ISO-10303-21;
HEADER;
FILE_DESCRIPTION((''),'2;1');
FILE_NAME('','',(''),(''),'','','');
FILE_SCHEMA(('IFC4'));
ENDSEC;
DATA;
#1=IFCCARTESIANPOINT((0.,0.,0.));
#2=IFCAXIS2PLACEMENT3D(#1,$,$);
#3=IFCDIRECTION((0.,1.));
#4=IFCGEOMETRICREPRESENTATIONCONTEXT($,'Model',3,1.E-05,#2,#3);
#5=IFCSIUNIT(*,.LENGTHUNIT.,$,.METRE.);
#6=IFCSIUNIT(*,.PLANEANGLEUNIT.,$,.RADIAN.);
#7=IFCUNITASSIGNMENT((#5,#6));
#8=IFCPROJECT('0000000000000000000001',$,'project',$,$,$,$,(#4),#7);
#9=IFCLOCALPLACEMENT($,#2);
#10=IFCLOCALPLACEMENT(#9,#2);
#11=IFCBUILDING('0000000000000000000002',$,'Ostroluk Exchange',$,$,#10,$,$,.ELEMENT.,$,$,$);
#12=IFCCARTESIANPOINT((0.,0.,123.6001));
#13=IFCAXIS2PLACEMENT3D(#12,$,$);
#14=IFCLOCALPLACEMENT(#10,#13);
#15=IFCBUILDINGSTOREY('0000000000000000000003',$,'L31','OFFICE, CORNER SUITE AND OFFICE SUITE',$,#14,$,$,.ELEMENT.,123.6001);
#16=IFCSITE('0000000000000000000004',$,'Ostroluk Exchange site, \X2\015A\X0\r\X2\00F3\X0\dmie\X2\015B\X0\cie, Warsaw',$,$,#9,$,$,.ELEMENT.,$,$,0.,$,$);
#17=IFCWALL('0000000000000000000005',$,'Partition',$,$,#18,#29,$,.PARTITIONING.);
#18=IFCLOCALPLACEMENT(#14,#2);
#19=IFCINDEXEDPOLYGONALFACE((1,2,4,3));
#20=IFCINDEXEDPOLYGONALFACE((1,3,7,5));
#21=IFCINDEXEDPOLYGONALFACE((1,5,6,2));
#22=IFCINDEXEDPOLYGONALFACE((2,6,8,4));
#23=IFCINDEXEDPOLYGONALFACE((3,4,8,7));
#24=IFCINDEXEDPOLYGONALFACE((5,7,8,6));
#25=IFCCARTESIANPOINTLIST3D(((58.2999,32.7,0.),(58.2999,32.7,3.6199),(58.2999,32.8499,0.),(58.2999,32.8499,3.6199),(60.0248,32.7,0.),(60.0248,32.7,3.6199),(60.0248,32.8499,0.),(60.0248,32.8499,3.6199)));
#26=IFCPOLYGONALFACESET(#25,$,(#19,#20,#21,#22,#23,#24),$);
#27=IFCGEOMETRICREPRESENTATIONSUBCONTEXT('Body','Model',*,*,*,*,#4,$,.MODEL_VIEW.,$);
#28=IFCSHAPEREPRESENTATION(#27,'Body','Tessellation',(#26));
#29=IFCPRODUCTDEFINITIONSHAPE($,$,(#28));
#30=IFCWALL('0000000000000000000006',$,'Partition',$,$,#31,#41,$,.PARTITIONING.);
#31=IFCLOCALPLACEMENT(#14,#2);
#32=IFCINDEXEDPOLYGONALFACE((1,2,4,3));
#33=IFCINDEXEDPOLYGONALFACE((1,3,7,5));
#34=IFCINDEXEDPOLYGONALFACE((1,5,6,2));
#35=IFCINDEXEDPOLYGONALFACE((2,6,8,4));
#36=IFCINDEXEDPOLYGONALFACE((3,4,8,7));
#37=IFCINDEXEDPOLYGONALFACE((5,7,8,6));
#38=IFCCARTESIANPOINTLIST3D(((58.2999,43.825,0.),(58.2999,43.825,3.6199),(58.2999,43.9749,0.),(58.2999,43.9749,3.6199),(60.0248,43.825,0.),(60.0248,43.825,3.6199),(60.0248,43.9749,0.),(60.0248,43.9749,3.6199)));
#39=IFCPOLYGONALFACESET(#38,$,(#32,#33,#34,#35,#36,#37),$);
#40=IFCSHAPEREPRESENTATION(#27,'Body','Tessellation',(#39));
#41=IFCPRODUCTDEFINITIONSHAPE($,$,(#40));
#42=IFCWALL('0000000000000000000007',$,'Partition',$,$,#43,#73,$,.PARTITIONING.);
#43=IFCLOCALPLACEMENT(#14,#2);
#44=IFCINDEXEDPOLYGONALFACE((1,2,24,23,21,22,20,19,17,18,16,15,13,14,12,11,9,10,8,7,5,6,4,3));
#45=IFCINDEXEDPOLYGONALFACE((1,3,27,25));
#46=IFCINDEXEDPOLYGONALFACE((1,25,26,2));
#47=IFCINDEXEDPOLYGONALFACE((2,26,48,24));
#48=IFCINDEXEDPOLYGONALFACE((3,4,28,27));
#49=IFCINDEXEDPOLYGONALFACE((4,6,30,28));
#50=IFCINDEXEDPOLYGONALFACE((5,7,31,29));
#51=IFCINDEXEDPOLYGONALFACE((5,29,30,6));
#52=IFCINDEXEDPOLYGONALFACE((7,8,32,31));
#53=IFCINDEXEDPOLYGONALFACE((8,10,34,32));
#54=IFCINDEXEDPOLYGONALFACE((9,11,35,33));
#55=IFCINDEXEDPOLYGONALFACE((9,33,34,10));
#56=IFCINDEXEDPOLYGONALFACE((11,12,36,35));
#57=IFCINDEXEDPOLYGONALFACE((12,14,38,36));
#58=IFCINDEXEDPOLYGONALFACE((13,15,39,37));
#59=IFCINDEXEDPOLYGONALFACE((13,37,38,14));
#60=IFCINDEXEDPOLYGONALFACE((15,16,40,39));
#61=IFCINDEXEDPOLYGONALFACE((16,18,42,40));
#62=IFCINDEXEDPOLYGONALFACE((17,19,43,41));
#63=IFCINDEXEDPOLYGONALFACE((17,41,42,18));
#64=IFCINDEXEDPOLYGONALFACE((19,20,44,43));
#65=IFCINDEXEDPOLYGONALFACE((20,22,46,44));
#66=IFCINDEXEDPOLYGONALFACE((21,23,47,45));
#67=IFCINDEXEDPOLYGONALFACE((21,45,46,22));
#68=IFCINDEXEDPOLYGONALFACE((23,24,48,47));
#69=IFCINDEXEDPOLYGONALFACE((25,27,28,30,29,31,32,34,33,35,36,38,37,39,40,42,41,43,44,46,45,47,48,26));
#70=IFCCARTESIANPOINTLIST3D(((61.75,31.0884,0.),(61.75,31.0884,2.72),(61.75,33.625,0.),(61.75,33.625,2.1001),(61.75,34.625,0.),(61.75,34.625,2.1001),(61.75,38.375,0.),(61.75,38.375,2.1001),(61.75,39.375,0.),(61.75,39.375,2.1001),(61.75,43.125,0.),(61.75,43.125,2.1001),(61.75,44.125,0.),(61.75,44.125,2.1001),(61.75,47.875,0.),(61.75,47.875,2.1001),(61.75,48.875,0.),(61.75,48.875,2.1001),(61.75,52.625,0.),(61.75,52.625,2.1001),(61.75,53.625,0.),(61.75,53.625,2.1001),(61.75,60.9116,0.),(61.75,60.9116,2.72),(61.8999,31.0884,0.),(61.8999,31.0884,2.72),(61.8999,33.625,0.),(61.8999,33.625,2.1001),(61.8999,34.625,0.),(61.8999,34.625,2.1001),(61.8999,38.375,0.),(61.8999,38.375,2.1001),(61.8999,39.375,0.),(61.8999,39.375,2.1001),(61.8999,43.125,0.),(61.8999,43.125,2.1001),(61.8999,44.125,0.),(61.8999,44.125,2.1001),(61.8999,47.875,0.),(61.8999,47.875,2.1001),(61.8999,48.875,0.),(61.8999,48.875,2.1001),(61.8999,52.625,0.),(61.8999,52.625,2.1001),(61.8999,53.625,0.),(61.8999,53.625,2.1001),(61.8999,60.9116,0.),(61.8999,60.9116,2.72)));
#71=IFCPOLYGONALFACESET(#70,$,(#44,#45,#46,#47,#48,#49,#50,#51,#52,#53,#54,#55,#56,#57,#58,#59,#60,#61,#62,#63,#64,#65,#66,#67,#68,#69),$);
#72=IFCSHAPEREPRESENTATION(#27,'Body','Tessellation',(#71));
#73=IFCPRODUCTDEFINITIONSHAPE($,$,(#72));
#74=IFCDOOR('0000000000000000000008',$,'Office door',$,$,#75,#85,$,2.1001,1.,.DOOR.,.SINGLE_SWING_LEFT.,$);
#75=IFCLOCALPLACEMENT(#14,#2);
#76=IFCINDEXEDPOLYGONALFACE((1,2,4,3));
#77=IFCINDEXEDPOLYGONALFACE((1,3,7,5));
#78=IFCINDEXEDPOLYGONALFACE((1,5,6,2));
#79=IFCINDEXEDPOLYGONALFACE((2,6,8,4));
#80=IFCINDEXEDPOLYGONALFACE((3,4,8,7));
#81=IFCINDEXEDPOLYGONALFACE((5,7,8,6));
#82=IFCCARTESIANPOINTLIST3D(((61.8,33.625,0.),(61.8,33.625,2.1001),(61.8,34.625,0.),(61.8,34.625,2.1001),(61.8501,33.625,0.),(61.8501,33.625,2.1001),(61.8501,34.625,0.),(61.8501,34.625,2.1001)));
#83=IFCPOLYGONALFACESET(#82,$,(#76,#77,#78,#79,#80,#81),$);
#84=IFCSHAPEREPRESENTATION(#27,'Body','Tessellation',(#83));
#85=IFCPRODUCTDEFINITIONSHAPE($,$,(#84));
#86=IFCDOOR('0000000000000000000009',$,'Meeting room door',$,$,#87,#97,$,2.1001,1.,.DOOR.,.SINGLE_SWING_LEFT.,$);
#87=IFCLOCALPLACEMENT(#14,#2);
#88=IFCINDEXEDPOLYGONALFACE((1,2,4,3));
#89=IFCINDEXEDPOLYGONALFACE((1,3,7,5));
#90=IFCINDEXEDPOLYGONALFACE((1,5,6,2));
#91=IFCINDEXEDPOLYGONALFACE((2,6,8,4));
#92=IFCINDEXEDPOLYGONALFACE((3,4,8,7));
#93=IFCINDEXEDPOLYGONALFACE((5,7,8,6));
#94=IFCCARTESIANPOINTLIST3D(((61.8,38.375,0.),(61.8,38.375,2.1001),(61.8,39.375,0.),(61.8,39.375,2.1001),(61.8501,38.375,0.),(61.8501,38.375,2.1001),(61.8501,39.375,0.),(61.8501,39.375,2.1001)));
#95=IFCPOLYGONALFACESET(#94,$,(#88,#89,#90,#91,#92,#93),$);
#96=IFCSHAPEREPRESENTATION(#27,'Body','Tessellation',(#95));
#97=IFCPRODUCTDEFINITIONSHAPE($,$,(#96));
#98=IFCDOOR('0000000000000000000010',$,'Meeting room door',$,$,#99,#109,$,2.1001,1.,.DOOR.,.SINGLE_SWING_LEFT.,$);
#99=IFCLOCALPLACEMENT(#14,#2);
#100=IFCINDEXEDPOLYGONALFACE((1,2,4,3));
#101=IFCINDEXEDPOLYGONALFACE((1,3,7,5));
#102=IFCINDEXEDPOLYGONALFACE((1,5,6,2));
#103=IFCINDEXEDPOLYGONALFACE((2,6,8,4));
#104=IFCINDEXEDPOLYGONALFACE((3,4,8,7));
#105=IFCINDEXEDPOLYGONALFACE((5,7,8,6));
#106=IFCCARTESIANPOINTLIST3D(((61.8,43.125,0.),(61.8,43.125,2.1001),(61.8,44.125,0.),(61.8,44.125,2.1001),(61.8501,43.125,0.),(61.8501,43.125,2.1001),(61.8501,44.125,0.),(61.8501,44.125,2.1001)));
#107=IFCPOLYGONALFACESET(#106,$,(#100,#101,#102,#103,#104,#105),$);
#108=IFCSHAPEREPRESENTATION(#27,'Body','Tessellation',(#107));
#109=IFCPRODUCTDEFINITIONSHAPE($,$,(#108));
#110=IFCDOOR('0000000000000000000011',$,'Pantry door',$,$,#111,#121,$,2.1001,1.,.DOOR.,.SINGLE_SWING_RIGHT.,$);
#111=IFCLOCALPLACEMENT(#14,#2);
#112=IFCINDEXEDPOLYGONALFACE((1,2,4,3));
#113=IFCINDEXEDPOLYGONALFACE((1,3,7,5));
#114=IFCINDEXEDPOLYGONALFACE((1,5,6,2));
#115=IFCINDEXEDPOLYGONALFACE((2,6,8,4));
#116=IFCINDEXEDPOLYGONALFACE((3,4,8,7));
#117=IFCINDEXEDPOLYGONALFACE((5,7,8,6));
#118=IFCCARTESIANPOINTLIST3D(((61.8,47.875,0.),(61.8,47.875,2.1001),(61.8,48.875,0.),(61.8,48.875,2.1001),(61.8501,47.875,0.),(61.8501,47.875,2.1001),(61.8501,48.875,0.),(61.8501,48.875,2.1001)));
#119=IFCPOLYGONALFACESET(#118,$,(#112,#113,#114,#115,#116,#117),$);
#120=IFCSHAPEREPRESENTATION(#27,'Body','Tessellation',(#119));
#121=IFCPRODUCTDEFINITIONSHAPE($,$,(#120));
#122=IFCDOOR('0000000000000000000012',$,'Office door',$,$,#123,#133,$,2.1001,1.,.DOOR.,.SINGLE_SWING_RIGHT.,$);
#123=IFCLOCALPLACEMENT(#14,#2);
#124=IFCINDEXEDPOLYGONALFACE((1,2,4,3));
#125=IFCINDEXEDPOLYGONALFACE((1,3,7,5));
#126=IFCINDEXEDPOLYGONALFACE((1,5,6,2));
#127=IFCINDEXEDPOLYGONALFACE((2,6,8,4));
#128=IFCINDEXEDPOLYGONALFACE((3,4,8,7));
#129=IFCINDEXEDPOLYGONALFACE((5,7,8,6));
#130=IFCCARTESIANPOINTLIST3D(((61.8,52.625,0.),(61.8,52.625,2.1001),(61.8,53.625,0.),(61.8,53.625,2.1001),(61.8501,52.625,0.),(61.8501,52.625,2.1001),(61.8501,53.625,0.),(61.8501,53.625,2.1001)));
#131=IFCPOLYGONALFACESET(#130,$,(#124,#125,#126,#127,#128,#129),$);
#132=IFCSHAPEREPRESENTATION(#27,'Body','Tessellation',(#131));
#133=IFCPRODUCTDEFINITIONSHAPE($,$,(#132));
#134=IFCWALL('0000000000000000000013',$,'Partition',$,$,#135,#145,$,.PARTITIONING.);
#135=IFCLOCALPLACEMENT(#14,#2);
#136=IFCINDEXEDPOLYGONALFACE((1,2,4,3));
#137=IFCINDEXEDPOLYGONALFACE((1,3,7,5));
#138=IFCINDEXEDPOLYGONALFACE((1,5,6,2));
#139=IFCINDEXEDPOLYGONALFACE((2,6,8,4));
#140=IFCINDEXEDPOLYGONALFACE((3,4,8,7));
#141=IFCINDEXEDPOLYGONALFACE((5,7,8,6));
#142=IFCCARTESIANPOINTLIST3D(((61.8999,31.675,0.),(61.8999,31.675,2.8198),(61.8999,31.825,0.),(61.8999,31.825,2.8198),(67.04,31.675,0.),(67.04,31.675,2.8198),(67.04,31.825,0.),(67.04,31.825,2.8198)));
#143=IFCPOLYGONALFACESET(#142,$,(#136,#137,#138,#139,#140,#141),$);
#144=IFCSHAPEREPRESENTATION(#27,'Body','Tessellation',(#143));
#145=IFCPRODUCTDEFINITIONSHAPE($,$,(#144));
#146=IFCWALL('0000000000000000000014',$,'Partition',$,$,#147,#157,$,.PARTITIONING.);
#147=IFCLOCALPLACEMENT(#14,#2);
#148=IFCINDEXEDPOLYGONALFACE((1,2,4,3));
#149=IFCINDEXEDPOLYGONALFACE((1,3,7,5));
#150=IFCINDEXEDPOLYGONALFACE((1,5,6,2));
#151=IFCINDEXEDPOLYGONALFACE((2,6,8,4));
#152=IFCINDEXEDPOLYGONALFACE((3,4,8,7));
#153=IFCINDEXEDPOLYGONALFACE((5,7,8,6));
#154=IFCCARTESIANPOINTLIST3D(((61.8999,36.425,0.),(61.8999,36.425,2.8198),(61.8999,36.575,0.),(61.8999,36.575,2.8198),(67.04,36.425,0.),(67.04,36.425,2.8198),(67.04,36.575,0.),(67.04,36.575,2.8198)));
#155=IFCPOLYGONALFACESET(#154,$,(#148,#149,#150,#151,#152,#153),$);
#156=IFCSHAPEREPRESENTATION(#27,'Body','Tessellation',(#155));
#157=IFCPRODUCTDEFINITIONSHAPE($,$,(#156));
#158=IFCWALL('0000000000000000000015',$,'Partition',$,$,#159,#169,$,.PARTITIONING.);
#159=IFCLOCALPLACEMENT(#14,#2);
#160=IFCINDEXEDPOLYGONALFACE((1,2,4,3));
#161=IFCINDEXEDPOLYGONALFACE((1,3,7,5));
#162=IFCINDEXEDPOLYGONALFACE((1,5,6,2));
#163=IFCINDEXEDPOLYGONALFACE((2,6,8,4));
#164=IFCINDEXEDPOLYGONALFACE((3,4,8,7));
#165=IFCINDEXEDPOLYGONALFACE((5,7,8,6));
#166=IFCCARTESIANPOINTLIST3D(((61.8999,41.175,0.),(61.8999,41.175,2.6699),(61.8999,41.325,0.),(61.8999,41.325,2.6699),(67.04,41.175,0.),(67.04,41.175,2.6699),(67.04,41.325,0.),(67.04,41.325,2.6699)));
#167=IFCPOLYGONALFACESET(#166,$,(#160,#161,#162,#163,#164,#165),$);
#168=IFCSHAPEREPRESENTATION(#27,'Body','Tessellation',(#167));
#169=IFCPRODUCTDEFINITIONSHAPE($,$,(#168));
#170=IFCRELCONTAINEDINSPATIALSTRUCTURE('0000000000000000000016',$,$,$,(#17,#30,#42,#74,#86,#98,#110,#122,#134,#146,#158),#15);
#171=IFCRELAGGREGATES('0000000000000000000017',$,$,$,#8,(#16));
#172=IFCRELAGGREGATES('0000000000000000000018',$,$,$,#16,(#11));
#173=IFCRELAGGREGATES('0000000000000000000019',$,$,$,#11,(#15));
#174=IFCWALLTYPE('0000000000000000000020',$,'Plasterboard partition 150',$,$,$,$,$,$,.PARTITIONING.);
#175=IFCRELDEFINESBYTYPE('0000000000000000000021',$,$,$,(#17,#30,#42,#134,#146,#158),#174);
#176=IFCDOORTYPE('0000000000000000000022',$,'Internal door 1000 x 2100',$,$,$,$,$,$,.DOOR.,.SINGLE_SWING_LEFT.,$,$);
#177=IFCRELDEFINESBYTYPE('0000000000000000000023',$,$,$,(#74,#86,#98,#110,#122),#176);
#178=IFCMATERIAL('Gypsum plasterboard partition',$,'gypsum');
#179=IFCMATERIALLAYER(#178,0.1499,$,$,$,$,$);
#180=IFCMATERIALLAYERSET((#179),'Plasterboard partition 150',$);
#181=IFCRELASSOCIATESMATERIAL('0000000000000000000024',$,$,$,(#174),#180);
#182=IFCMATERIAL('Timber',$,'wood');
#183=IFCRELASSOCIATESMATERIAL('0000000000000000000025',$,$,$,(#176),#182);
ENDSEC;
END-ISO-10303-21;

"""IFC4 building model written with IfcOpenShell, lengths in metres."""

from ifc_helpers import new_model, si_unit, direction, frame, frame_2d, origin, place, context, subcontext, project, spatial, rectangle, extrude, material, layer, layer_set, type_object, element, fill, save


model = new_model("IFC4")

# Units and contexts
model_context = context("Model", 3, precision=1e-05, world=origin(), true_north=direction((0.0, 1.0)))
body_context = subcontext(model_context, "Body", "Model", "MODEL_VIEW")
ifc_project = project(units=[si_unit("LENGTHUNIT", "METRE"), si_unit("PLANEANGLEUNIT", "RADIAN")], contexts=[model_context])

# Site, building, storey
site_placement = place(None, origin())
site = spatial("IfcSite", under=ifc_project, at=site_placement, Name="Ostroluk Exchange site, Śródmieście, Warsaw", CompositionType="ELEMENT", RefElevation=0.0)
building_placement = place(site_placement, origin())
building = spatial("IfcBuilding", under=site, at=building_placement, Name="Ostroluk Exchange", CompositionType="ELEMENT")
storey_placement = place(building_placement, frame((0.0, 0.0, 123.6001)))
storey = spatial("IfcBuildingStorey", under=building, at=storey_placement, Name="L31", Description="OFFICE, CORNER SUITE AND OFFICE SUITE", CompositionType="ELEMENT", Elevation=123.6001)

# Shared definitions
ifc_material_1 = material(Name="Gypsum plasterboard partition", Category="gypsum")
ifc_layer_1 = layer(ifc_material_1, 0.1499)
ifc_layer_set_1 = layer_set([ifc_layer_1], Name="Plasterboard partition 150")
wall_type_1 = type_object("IfcWallType", Name="Plasterboard partition 150", PredefinedType="PARTITIONING", material=ifc_layer_set_1)
ifc_material_2 = material(Name="Timber", Category="wood")
door_type_1 = type_object("IfcDoorType", Name="Internal door 1000 x 2100", OperationType="SINGLE_SWING_LEFT", PredefinedType="DOOR", material=ifc_material_2)

# Walls
for number, where, z_axis, x_axis, name in (
    (1, (58.3, 32.7749, 0.0), (0.0, 0.0, 1.0), (1.0, 0.0, 0.0), "Partition"),
    (2, (58.3, 43.8999, 0.0), (0.0, 0.0, 1.0), (1.0, 0.0, 0.0), "Partition"),
):
    element("IfcWall", number, at=place(storey_placement, frame(where, z_axis=z_axis, x_axis=x_axis)), inside=storey, type_object=wall_type_1, Name=name, PredefinedType="PARTITIONING", context=body_context, shape_type="SweptSolid", body=[
        extrude(rectangle(XDim=1.7249, YDim=0.1499, at=frame_2d((0.8623, 0.0))), origin(), (0.0, 0.0, 1.0), 3.6199),
    ])

# Wall, openings, doors
wall_1_placement = place(storey_placement, frame((61.825, 31.0884, 0.0), z_axis=(0.0, 0.0, 1.0), x_axis=(0.0, 1.0, 0.0)))
wall_1 = element("IfcWall", 3, at=wall_1_placement, inside=storey, type_object=wall_type_1, Name="Partition", PredefinedType="PARTITIONING", context=body_context, shape_type="SweptSolid", body=[
    extrude(rectangle(XDim=29.8232, YDim=0.1499, at=frame_2d((14.9116, 0.0))), origin(), (0.0, 0.0, 1.0), 2.72),
])
opening_1_placement = place(wall_1_placement, frame((2.5366, 0.0, 0.0)))
opening_1 = element("IfcOpeningElement", 4, at=opening_1_placement, cuts=wall_1, PredefinedType="OPENING", context=body_context, shape_type="SweptSolid", body=[
    extrude(rectangle(XDim=1.0, YDim=2.1001, at=frame_2d((0.5, 1.05))), frame((0.0, 0.085, 0.0), z_axis=(0.0, -1.0, 0.0), x_axis=(1.0, 0.0, 0.0)), (0.0, 0.0, 1.0), 0.1699),
])
opening_2_placement = place(wall_1_placement, frame((7.2866, 0.0, 0.0)))
opening_2 = element("IfcOpeningElement", 5, at=opening_2_placement, cuts=wall_1, PredefinedType="OPENING", context=body_context, shape_type="SweptSolid", body=[
    extrude(rectangle(XDim=1.0, YDim=2.1001, at=frame_2d((0.5, 1.05))), frame((0.0, 0.085, 0.0), z_axis=(0.0, -1.0, 0.0), x_axis=(1.0, 0.0, 0.0)), (0.0, 0.0, 1.0), 0.1699),
])
opening_3_placement = place(wall_1_placement, frame((12.0366, 0.0, 0.0)))
opening_3 = element("IfcOpeningElement", 6, at=opening_3_placement, cuts=wall_1, PredefinedType="OPENING", context=body_context, shape_type="SweptSolid", body=[
    extrude(rectangle(XDim=1.0, YDim=2.1001, at=frame_2d((0.5, 1.05))), frame((0.0, 0.085, 0.0), z_axis=(0.0, -1.0, 0.0), x_axis=(1.0, 0.0, 0.0)), (0.0, 0.0, 1.0), 0.1699),
])
opening_4_placement = place(wall_1_placement, frame((16.7866, 0.0, 0.0)))
opening_4 = element("IfcOpeningElement", 7, at=opening_4_placement, cuts=wall_1, PredefinedType="OPENING", context=body_context, shape_type="SweptSolid", body=[
    extrude(rectangle(XDim=1.0, YDim=2.1001, at=frame_2d((0.5, 1.05))), frame((0.0, 0.085, 0.0), z_axis=(0.0, -1.0, 0.0), x_axis=(1.0, 0.0, 0.0)), (0.0, 0.0, 1.0), 0.1699),
])
opening_5_placement = place(wall_1_placement, frame((21.5366, 0.0, 0.0)))
opening_5 = element("IfcOpeningElement", 8, at=opening_5_placement, cuts=wall_1, PredefinedType="OPENING", context=body_context, shape_type="SweptSolid", body=[
    extrude(rectangle(XDim=1.0, YDim=2.1001, at=frame_2d((0.5, 1.05))), frame((0.0, 0.085, 0.0), z_axis=(0.0, -1.0, 0.0), x_axis=(1.0, 0.0, 0.0)), (0.0, 0.0, 1.0), 0.1699),
])
door_1_placement = place(opening_1_placement, origin())
door_1 = element("IfcDoor", 9, at=door_1_placement, inside=storey, type_object=door_type_1, Name="Office door", OperationType="SINGLE_SWING_LEFT", OverallHeight=2.1001, OverallWidth=1.0, PredefinedType="DOOR", context=body_context, shape_type="SweptSolid", body=[
    extrude(rectangle(XDim=1.0, YDim=2.1001, at=frame_2d((0.5, 1.05))), frame((0.0, 0.0249, 0.0), z_axis=(0.0, -1.0, 0.0), x_axis=(1.0, 0.0, 0.0)), (0.0, 0.0, 1.0), 0.05),
])
fill(opening_1, door_1)
door_2_placement = place(opening_2_placement, origin())
door_2 = element("IfcDoor", 10, at=door_2_placement, inside=storey, type_object=door_type_1, Name="Meeting room door", OperationType="SINGLE_SWING_LEFT", OverallHeight=2.1001, OverallWidth=1.0, PredefinedType="DOOR", context=body_context, shape_type="SweptSolid", body=[
    extrude(rectangle(XDim=1.0, YDim=2.1001, at=frame_2d((0.5, 1.05))), frame((0.0, 0.0249, 0.0), z_axis=(0.0, -1.0, 0.0), x_axis=(1.0, 0.0, 0.0)), (0.0, 0.0, 1.0), 0.05),
])
fill(opening_2, door_2)
door_3_placement = place(opening_3_placement, origin())
door_3 = element("IfcDoor", 11, at=door_3_placement, inside=storey, type_object=door_type_1, Name="Meeting room door", OperationType="SINGLE_SWING_LEFT", OverallHeight=2.1001, OverallWidth=1.0, PredefinedType="DOOR", context=body_context, shape_type="SweptSolid", body=[
    extrude(rectangle(XDim=1.0, YDim=2.1001, at=frame_2d((0.5, 1.05))), frame((0.0, 0.0249, 0.0), z_axis=(0.0, -1.0, 0.0), x_axis=(1.0, 0.0, 0.0)), (0.0, 0.0, 1.0), 0.05),
])
fill(opening_3, door_3)
door_4_placement = place(opening_4_placement, origin())
door_4 = element("IfcDoor", 12, at=door_4_placement, inside=storey, type_object=door_type_1, Name="Pantry door", OperationType="SINGLE_SWING_RIGHT", OverallHeight=2.1001, OverallWidth=1.0, PredefinedType="DOOR", context=body_context, shape_type="SweptSolid", body=[
    extrude(rectangle(XDim=1.0, YDim=2.1001, at=frame_2d((0.5, 1.05))), frame((0.0, 0.0249, 0.0), z_axis=(0.0, -1.0, 0.0), x_axis=(1.0, 0.0, 0.0)), (0.0, 0.0, 1.0), 0.05),
])
fill(opening_4, door_4)
door_5_placement = place(opening_5_placement, origin())
door_5 = element("IfcDoor", 13, at=door_5_placement, inside=storey, type_object=door_type_1, Name="Office door", OperationType="SINGLE_SWING_RIGHT", OverallHeight=2.1001, OverallWidth=1.0, PredefinedType="DOOR", context=body_context, shape_type="SweptSolid", body=[
    extrude(rectangle(XDim=1.0, YDim=2.1001, at=frame_2d((0.5, 1.05))), frame((0.0, 0.0249, 0.0), z_axis=(0.0, -1.0, 0.0), x_axis=(1.0, 0.0, 0.0)), (0.0, 0.0, 1.0), 0.05),
])
fill(opening_5, door_5)

# Walls
for number, where, z_axis, x_axis, name in (
    (14, (61.8999, 31.75, 0.0), (0.0, 0.0, 1.0), (1.0, 0.0, 0.0), "Partition"),
    (15, (61.8999, 36.5, 0.0), (0.0, 0.0, 1.0), (1.0, 0.0, 0.0), "Partition"),
):
    element("IfcWall", number, at=place(storey_placement, frame(where, z_axis=z_axis, x_axis=x_axis)), inside=storey, type_object=wall_type_1, Name=name, PredefinedType="PARTITIONING", context=body_context, shape_type="SweptSolid", body=[
        extrude(rectangle(XDim=5.1401, YDim=0.1499, at=frame_2d((2.5701, 0.0))), origin(), (0.0, 0.0, 1.0), 2.8198),
    ])
wall_2_placement = place(storey_placement, frame((61.8999, 41.25, 0.0), z_axis=(0.0, 0.0, 1.0), x_axis=(1.0, 0.0, 0.0)))
element("IfcWall", 16, at=wall_2_placement, inside=storey, type_object=wall_type_1, Name="Partition", PredefinedType="PARTITIONING", context=body_context, shape_type="SweptSolid", body=[
    extrude(rectangle(XDim=5.1401, YDim=0.1499, at=frame_2d((2.5701, 0.0))), origin(), (0.0, 0.0, 1.0), 2.6699),
])

save(model, "model.ifc")
